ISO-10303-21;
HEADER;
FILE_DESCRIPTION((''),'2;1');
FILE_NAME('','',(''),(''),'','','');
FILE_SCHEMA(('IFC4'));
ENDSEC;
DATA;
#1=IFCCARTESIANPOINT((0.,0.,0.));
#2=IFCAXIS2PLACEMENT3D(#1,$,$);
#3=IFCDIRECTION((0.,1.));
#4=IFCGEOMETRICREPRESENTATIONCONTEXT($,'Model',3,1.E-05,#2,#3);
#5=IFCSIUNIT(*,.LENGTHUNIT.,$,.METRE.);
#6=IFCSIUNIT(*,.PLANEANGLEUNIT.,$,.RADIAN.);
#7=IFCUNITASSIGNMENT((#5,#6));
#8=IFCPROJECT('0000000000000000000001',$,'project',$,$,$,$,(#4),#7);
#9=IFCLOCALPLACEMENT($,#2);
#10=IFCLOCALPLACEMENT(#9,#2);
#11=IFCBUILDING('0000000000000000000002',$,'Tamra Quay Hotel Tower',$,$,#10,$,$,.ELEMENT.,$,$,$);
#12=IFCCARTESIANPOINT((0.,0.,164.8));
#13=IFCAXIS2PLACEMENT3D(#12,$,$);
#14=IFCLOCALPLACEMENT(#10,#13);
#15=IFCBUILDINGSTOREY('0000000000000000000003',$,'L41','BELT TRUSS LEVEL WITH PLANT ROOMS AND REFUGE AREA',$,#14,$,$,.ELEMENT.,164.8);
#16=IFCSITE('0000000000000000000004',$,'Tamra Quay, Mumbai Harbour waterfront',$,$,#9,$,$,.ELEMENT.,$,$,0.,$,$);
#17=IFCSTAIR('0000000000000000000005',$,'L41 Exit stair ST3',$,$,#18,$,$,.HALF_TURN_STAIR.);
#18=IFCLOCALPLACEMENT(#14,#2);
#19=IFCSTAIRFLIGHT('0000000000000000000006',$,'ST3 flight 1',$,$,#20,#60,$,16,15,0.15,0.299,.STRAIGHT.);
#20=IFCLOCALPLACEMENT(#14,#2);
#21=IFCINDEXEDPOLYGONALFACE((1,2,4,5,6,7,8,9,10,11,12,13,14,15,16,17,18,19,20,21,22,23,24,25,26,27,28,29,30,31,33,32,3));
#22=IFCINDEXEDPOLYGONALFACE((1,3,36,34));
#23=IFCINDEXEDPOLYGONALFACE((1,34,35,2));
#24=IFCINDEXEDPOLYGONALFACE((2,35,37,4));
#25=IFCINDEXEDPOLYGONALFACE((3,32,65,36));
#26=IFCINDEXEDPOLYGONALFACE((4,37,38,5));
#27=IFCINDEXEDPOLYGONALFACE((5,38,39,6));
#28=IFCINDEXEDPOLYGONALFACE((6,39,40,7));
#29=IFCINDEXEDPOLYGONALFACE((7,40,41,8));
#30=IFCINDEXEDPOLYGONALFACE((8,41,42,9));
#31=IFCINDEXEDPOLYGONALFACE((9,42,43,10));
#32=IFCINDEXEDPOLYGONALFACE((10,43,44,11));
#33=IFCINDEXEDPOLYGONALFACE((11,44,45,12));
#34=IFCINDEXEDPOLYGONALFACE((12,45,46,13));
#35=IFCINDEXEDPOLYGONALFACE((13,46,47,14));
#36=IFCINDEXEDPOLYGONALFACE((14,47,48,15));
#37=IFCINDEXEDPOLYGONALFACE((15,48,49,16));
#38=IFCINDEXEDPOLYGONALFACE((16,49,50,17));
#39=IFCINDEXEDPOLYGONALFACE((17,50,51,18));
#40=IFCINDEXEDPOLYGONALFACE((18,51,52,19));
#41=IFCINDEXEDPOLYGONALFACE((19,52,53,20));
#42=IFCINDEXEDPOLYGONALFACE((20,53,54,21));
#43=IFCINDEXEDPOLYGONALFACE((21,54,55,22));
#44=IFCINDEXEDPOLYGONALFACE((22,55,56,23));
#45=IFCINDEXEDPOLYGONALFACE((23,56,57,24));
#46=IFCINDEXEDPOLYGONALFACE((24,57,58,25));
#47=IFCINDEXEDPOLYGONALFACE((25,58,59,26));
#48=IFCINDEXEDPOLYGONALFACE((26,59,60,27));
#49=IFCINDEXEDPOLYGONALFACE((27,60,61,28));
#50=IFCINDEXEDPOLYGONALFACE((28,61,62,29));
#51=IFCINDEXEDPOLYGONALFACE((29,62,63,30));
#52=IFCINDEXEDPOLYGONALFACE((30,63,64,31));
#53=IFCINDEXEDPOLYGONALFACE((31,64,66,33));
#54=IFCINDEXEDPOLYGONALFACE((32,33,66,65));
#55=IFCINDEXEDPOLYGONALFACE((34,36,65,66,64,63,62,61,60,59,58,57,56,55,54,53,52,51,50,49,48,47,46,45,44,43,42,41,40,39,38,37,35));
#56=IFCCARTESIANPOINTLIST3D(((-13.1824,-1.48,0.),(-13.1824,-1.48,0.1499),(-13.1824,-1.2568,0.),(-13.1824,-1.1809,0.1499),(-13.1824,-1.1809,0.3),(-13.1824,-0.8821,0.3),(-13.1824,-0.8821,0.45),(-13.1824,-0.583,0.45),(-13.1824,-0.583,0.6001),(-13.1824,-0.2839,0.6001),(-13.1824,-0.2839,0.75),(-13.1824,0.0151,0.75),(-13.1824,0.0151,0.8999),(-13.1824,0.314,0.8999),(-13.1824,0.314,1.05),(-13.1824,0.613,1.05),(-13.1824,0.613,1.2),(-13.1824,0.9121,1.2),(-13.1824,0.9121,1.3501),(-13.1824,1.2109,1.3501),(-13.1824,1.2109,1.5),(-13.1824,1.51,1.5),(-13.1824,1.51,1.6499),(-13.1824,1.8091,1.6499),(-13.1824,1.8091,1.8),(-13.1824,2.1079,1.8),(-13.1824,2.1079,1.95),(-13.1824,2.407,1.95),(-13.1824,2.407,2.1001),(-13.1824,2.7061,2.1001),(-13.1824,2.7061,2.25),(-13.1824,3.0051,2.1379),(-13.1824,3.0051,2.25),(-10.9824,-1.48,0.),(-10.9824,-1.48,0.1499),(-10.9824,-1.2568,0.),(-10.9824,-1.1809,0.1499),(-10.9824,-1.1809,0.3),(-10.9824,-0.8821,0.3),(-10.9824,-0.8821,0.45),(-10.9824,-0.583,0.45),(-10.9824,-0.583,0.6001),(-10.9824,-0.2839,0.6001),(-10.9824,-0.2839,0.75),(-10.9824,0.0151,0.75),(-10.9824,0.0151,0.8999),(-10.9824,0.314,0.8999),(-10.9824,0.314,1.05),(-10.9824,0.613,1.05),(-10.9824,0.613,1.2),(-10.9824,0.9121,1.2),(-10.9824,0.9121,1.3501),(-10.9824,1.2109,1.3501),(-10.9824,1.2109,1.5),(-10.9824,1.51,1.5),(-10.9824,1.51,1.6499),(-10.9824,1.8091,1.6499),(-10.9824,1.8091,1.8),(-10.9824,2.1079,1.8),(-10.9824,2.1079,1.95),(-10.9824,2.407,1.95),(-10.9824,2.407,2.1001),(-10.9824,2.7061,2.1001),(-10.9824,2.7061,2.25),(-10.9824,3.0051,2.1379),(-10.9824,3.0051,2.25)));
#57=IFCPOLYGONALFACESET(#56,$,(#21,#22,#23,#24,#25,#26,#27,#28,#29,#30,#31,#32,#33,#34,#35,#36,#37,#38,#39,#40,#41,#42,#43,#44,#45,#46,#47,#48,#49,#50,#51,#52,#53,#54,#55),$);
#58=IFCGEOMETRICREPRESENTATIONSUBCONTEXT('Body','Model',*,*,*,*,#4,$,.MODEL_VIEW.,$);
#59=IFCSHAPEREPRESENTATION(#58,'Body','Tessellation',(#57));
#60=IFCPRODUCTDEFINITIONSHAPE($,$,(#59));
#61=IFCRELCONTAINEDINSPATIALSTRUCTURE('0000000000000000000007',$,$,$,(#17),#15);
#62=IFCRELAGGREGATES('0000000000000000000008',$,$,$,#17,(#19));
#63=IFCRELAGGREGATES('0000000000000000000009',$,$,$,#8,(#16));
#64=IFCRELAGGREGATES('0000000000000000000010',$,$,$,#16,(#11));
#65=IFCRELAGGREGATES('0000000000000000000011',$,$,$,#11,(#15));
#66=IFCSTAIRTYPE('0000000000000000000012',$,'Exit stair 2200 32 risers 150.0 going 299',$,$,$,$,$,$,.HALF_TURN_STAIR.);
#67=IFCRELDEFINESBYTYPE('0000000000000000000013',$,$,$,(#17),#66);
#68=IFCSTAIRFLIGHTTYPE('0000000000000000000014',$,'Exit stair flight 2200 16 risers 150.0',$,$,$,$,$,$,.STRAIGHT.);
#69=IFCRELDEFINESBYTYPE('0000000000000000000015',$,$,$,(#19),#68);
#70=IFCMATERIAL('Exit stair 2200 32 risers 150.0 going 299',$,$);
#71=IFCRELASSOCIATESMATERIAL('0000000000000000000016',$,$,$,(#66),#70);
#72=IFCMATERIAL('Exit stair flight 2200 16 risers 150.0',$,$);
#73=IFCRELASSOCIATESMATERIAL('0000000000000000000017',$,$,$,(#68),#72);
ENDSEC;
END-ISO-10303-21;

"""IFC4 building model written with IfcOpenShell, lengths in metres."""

from ifc_helpers import new_model, si_unit, direction, frame, origin, place, context, subcontext, project, spatial, polyline, outline, extrude, material, type_object, element, aggregate, save


model = new_model("IFC4")

# Units and contexts
model_context = context("Model", 3, precision=1e-05, world=origin(), true_north=direction((0.0, 1.0)))
body_context = subcontext(model_context, "Body", "Model", "MODEL_VIEW")
ifc_project = project(units=[si_unit("LENGTHUNIT", "METRE"), si_unit("PLANEANGLEUNIT", "RADIAN")], contexts=[model_context])

# Site, building, storey
site_placement = place(None, origin())
site = spatial("IfcSite", under=ifc_project, at=site_placement, Name="Tamra Quay, Mumbai Harbour waterfront", CompositionType="ELEMENT", RefElevation=0.0)
building_placement = place(site_placement, origin())
building = spatial("IfcBuilding", under=site, at=building_placement, Name="Tamra Quay Hotel Tower", CompositionType="ELEMENT")
storey_placement = place(building_placement, frame((0.0, 0.0, 164.8)))
storey = spatial("IfcBuildingStorey", under=building, at=storey_placement, Name="L41", Description="BELT TRUSS LEVEL WITH PLANT ROOMS AND REFUGE AREA", CompositionType="ELEMENT", Elevation=164.8)

# Stair, stair flight
ifc_material_1 = material(Name="Exit stair 2200 32 risers 150.0 going 299")
stair_type = type_object("IfcStairType", Name="Exit stair 2200 32 risers 150.0 going 299", PredefinedType="HALF_TURN_STAIR", material=ifc_material_1)
stair_placement = place(storey_placement, origin())
stair = element("IfcStair", 1, at=stair_placement, inside=storey, type_object=stair_type, Name="L41 Exit stair ST3", PredefinedType="HALF_TURN_STAIR")
ifc_material_2 = material(Name="Exit stair flight 2200 16 risers 150.0")
stair_flight_type = type_object("IfcStairFlightType", Name="Exit stair flight 2200 16 risers 150.0", PredefinedType="STRAIGHT", material=ifc_material_2)
stair_flight_placement = place(storey_placement, frame((-12.0823, -1.48, 0.0), z_axis=(0.0, 0.0, 1.0), x_axis=(0.0, 1.0, 0.0)))
stair_flight = element("IfcStairFlight", 2, at=stair_flight_placement, type_object=stair_flight_type, Name="ST3 flight 1", NumberOfRisers=16, NumberOfTreads=15, PredefinedType="STRAIGHT", RiserHeight=0.15, TreadLength=0.299, context=body_context, shape_type="SweptSolid", body=[
    extrude(outline(polyline([(0.0, 0.0), (0.0, 0.1499), (0.2991, 0.1499), (0.2991, 0.3), (0.5979, 0.3), (0.5979, 0.45), (0.897, 0.45), (0.897, 0.6001), (1.196, 0.6001), (1.196, 0.75), (1.4951, 0.75), (1.4951, 0.8999), (1.7939, 0.8999), (1.7939, 1.05), (2.093, 1.05), (2.093, 1.2), (2.3921, 1.2), (2.3921, 1.3501), (2.6909, 1.3501), (2.6909, 1.5), (2.99, 1.5), (2.99, 1.6499), (3.2891, 1.6499), (3.2891, 1.8), (3.5879, 1.8), (3.5879, 1.95), (3.887, 1.95), (3.887, 2.1001), (4.186, 2.1001), (4.186, 2.25), (4.4851, 2.25), (4.4851, 2.3999), (4.4851, 2.1379), (0.2231, 0.0), (0.0, 0.0)])), frame((0.0, 1.1001, 0.0), z_axis=(0.0, -1.0, 0.0), x_axis=(1.0, 0.0, 0.0)), (0.0, 0.0, 1.0), 2.2),
])
aggregate(stair, [stair_flight])

save(model, "model.ifc")
